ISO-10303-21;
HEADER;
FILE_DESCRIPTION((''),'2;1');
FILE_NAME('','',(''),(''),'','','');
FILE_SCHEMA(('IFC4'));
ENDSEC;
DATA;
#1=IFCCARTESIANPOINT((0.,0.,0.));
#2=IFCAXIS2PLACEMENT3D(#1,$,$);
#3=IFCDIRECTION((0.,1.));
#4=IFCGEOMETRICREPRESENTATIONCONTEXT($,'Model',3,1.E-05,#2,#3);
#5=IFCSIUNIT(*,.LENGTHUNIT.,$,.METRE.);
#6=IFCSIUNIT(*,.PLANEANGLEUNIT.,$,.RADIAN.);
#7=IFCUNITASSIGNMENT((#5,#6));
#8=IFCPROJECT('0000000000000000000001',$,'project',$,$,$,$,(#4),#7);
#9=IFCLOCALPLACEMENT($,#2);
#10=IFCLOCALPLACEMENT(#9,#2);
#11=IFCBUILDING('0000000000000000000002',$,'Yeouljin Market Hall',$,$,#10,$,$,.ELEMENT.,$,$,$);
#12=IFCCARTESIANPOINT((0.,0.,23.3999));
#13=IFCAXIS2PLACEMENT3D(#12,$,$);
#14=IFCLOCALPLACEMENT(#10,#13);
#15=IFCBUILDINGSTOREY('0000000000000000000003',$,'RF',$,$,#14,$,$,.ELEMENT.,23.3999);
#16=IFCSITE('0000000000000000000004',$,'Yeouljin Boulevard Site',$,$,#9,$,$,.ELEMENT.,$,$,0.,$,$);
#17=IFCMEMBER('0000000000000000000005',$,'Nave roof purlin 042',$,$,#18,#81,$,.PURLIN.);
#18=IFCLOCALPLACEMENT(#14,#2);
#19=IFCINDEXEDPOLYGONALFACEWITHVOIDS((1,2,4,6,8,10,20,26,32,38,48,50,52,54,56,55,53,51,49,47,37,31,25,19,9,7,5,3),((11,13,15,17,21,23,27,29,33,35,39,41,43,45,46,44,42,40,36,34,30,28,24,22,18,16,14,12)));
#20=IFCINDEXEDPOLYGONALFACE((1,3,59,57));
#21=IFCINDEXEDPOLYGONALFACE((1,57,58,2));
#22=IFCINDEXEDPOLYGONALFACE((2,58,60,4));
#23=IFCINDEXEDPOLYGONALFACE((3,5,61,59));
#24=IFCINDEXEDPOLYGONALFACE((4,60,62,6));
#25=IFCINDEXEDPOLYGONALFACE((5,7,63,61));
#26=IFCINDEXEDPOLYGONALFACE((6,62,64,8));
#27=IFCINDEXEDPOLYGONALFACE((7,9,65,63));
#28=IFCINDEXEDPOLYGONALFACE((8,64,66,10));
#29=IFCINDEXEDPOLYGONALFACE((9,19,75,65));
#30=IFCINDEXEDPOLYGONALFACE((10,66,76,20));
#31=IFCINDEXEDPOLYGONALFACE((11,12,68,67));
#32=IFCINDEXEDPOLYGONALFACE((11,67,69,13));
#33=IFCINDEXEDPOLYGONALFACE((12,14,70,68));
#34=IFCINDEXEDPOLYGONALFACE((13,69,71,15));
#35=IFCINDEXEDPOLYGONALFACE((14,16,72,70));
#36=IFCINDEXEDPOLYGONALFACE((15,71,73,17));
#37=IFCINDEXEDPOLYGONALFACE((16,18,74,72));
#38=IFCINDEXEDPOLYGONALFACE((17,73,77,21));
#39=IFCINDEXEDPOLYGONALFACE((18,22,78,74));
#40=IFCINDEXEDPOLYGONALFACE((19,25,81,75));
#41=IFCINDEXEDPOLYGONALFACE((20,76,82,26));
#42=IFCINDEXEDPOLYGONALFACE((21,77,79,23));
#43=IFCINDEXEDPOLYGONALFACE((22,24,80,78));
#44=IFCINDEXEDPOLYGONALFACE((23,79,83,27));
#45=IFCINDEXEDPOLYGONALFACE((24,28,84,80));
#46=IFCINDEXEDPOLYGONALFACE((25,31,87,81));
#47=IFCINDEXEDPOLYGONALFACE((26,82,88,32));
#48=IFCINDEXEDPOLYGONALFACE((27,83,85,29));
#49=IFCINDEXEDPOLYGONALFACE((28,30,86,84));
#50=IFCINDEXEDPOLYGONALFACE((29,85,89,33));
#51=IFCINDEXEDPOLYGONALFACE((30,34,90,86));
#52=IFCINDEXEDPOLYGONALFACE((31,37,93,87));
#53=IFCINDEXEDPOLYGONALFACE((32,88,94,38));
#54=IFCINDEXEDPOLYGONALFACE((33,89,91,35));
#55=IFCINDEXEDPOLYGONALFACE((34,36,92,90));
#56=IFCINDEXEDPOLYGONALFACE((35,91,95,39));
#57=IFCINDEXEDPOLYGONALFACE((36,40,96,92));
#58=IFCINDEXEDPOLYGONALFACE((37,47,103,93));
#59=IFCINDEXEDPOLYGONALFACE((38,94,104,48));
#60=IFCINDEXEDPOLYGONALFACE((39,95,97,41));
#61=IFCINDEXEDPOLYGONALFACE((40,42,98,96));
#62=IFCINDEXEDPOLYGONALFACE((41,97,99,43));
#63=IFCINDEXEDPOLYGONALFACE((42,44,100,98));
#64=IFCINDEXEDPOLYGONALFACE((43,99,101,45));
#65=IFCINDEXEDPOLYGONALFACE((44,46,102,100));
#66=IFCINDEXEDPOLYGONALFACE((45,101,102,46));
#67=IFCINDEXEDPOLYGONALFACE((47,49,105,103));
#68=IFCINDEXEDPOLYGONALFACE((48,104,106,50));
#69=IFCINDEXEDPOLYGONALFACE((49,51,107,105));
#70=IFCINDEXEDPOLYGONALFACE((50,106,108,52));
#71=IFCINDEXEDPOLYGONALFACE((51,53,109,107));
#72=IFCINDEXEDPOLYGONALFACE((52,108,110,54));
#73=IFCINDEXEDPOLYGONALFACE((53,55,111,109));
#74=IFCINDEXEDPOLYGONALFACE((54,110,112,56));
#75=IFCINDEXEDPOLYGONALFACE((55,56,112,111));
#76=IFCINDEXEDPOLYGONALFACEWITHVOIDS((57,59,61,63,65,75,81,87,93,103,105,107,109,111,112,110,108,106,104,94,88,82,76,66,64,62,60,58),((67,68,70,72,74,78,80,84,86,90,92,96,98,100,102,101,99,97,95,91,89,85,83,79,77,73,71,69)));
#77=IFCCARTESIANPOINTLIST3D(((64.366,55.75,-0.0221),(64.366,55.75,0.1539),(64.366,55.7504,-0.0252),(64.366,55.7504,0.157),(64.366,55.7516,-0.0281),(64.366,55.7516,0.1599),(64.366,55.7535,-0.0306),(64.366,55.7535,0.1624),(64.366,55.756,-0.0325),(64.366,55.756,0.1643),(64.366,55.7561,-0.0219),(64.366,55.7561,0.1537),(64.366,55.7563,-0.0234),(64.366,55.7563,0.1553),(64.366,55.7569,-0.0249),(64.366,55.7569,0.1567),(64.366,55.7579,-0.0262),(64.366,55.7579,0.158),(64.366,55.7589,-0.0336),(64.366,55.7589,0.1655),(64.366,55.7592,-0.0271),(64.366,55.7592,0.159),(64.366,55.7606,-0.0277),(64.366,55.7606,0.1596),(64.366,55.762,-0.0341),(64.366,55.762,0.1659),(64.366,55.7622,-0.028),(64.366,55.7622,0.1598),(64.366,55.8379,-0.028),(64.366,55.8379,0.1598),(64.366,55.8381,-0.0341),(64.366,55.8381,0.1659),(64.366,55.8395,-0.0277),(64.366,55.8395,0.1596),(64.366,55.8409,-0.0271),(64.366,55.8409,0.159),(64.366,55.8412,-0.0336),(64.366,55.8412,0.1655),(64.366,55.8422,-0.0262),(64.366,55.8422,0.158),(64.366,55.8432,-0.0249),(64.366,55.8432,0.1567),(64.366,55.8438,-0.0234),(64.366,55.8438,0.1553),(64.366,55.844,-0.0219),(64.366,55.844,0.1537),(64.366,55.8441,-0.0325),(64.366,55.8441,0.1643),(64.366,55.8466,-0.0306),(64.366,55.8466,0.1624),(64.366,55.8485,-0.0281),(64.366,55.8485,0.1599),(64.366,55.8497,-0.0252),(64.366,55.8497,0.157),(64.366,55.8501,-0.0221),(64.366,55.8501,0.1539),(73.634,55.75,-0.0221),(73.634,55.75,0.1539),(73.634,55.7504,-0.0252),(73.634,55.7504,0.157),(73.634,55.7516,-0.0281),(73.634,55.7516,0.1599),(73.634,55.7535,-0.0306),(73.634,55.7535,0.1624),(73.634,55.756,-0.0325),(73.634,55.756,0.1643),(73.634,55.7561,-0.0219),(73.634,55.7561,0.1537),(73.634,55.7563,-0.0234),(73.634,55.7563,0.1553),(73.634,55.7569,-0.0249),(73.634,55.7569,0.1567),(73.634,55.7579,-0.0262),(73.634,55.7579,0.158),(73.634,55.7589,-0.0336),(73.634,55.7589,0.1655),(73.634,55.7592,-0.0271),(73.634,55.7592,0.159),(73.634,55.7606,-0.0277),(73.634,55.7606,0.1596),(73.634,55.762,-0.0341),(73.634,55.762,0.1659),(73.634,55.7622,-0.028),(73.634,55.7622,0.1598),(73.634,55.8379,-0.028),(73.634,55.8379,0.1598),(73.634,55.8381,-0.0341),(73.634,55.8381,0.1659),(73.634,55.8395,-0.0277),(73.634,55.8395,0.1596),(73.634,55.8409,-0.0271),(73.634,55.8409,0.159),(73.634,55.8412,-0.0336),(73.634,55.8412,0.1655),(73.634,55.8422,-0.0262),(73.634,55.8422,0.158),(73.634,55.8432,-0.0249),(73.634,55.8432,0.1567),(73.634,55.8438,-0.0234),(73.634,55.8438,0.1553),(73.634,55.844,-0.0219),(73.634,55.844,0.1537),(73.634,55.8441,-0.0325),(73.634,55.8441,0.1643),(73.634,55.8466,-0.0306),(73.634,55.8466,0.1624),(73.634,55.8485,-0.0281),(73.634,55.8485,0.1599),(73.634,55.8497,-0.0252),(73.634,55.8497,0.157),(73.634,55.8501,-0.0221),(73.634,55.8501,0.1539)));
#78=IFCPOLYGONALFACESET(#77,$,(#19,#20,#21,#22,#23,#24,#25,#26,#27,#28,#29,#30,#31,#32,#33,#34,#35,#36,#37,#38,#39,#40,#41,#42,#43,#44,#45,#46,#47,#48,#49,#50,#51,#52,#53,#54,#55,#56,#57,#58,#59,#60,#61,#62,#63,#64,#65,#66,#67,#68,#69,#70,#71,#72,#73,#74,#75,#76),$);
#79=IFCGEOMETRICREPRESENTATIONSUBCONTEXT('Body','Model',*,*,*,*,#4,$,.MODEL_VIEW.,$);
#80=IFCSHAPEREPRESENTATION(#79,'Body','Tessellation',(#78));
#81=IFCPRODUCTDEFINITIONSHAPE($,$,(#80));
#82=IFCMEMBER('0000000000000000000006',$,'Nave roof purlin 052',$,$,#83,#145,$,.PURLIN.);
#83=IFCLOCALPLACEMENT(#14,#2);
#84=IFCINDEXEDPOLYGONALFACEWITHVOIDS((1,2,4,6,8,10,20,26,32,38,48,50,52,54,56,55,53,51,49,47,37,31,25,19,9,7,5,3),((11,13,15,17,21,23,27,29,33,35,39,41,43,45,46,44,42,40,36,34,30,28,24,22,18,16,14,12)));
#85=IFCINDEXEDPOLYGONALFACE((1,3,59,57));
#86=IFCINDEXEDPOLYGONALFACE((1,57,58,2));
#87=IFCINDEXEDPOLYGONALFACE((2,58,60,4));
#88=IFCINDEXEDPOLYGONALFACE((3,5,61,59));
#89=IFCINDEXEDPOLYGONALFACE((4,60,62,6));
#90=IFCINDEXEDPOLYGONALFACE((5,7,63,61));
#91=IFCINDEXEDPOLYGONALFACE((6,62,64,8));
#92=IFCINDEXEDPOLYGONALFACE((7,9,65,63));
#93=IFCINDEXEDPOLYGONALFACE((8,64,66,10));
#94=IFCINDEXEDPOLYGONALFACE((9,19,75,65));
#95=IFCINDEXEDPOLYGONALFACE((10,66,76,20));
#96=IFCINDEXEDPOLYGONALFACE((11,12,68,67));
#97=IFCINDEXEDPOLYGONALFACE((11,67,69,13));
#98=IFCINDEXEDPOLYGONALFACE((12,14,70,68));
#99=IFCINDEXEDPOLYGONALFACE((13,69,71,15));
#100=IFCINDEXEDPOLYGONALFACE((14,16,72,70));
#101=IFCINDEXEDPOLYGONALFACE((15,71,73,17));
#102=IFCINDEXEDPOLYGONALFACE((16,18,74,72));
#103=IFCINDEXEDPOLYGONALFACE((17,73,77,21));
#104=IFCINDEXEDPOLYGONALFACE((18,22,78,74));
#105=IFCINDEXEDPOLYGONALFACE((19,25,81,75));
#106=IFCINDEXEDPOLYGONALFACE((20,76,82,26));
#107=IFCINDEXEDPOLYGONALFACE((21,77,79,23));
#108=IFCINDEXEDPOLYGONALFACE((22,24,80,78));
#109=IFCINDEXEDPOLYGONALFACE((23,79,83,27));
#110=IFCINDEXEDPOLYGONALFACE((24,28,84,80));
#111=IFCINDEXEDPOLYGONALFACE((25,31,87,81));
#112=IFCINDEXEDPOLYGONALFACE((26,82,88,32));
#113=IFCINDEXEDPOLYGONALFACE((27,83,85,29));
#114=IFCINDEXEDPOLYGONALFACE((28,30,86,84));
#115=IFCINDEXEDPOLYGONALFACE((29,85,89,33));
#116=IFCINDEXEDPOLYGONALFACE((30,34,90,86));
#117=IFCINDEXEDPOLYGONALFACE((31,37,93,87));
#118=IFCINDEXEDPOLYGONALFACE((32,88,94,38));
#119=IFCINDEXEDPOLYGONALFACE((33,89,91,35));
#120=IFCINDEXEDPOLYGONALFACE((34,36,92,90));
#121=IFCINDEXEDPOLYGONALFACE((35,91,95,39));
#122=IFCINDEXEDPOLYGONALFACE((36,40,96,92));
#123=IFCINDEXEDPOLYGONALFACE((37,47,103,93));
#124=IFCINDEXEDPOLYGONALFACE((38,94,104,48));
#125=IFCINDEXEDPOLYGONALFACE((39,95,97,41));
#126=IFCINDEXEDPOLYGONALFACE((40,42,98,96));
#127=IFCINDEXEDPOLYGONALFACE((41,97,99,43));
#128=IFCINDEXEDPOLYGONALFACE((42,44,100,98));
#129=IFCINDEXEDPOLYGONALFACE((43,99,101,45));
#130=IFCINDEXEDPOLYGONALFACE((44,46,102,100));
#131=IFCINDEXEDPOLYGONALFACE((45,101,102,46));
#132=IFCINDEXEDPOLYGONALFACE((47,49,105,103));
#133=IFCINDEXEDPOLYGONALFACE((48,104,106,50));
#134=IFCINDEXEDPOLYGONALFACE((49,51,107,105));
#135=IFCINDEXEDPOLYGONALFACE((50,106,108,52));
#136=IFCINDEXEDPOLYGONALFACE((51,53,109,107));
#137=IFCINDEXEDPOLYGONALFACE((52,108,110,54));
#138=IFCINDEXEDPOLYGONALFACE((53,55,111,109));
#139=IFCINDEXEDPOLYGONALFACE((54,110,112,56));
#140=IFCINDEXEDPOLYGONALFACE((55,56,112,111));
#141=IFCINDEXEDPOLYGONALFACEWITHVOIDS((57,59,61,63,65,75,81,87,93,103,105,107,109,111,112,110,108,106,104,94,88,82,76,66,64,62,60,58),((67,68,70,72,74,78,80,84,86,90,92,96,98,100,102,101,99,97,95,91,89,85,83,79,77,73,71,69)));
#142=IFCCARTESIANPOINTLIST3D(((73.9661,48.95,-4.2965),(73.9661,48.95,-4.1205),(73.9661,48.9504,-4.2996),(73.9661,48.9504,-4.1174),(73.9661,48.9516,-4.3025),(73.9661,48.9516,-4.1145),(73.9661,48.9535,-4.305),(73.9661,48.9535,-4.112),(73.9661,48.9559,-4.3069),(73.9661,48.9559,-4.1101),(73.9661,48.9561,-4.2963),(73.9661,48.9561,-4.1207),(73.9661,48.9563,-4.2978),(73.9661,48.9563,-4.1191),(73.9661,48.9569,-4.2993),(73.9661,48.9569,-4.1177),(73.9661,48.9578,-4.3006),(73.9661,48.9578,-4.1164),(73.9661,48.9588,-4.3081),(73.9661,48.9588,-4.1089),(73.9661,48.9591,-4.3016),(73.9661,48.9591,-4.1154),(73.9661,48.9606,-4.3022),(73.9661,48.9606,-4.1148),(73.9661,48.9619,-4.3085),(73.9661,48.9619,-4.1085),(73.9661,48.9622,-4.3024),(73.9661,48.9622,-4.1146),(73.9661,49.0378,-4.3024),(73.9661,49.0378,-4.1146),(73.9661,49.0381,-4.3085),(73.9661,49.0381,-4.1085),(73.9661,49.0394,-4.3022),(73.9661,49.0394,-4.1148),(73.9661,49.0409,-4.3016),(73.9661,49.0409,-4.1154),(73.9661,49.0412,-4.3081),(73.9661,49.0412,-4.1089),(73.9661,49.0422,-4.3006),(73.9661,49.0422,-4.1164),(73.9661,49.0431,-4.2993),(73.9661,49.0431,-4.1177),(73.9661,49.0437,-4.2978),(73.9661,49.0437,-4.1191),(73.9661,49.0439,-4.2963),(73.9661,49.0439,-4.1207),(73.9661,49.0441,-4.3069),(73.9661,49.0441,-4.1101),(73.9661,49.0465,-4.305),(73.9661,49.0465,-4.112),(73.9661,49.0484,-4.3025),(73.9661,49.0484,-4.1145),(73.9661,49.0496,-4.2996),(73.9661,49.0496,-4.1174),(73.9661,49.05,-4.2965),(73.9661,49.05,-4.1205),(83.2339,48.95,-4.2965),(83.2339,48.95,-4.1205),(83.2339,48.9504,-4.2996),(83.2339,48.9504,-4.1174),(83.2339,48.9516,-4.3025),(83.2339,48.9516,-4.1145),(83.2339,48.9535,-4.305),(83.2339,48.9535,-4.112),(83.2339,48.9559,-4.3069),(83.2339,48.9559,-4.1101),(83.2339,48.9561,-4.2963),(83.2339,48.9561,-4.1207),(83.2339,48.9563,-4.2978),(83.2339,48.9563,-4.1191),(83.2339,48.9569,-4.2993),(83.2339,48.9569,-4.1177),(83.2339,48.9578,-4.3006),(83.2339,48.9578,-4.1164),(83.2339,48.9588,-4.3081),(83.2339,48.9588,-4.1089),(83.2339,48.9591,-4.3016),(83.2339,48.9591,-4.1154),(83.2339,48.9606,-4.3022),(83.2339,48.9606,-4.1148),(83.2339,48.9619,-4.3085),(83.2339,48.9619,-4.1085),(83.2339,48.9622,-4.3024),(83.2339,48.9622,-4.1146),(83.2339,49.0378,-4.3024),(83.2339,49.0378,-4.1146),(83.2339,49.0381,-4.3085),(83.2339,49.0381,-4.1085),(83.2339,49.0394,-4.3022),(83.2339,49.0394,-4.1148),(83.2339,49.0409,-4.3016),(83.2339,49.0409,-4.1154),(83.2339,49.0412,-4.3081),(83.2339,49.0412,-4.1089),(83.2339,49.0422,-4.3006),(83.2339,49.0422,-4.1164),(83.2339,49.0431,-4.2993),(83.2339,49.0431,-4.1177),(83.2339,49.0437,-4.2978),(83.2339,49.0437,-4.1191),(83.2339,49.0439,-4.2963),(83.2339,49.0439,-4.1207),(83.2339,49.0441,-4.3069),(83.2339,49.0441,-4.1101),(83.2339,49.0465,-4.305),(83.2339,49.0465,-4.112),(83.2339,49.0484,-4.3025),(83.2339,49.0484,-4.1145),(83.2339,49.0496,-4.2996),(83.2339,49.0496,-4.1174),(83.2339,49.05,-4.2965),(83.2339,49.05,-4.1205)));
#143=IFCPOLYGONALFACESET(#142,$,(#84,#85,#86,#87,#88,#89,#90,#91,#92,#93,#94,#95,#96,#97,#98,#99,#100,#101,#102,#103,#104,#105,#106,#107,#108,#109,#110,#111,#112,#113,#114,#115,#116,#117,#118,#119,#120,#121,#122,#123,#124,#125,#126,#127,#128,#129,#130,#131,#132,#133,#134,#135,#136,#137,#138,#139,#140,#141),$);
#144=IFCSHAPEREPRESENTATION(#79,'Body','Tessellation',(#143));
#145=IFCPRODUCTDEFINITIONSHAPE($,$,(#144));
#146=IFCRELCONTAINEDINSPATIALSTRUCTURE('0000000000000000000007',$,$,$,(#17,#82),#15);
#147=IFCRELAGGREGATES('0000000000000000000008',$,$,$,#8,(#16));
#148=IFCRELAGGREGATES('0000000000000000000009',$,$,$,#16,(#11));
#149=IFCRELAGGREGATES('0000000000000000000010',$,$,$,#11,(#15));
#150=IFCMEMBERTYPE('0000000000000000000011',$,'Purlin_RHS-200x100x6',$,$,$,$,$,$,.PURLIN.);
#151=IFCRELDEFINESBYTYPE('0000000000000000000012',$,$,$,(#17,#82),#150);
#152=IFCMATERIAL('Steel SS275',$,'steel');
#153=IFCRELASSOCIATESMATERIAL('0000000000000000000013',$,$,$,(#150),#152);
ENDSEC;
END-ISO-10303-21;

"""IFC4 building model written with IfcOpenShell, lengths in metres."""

from ifc_helpers import new_model, si_unit, direction, frame, origin, origin_2d, place, context, subcontext, project, spatial, hollow_rectangle, extrude, material, material_profile, profile_set, type_object, element, save


model = new_model("IFC4")

# Units and contexts
model_context = context("Model", 3, precision=1e-05, world=origin(), true_north=direction((0.0, 1.0)))
body_context = subcontext(model_context, "Body", "Model", "MODEL_VIEW")
ifc_project = project(units=[si_unit("LENGTHUNIT", "METRE"), si_unit("PLANEANGLEUNIT", "RADIAN")], contexts=[model_context])

# Site, building, storey
site_placement = place(None, origin())
site = spatial("IfcSite", under=ifc_project, at=site_placement, Name="Yeouljin Boulevard Site", CompositionType="ELEMENT", RefElevation=0.0)
building_placement = place(site_placement, origin())
building = spatial("IfcBuilding", under=site, at=building_placement, Name="Yeouljin Market Hall", CompositionType="ELEMENT")
storey_placement = place(building_placement, frame((0.0, 0.0, 23.3999)))
storey = spatial("IfcBuildingStorey", under=building, at=storey_placement, Name="RF", CompositionType="ELEMENT", Elevation=23.3999)

# Members
ifc_material_1 = material(Name="Steel SS275", Category="steel")
ifc_material_profile_1 = material_profile(ifc_material_1, hollow_rectangle(XDim=0.1001, YDim=0.2, WallThickness=0.0061, InnerFilletRadius=0.0061, OuterFilletRadius=0.012, at=origin_2d()), Name="RHS-200x100x6")
ifc_profile_set_1 = profile_set([ifc_material_profile_1], Name="Steel SS275")
member_type_1 = type_object("IfcMemberType", Name="Purlin_RHS-200x100x6", PredefinedType="PURLIN", material=ifc_profile_set_1)
for number, where, z_axis, x_axis, name in (
    (1, (64.366, 55.8, 0.0659), (1.0, 0.0, 0.0), (0.0, 1.0, 0.0), "Nave roof purlin 042"),
):
    element("IfcMember", number, at=place(storey_placement, frame(where, z_axis=z_axis, x_axis=x_axis)), inside=storey, type_object=member_type_1, Name=name, PredefinedType="PURLIN", context=body_context, shape_type="SweptSolid", body=[
        extrude(hollow_rectangle(XDim=0.1001, YDim=0.2, WallThickness=0.0061, InnerFilletRadius=0.0061, OuterFilletRadius=0.012, at=origin_2d()), origin(), (0.0, 0.0, 1.0), 9.2681),
    ])
for number, where, z_axis, x_axis, name in (
    (2, (73.9661, 49.0, -4.2085), (1.0, 0.0, 0.0), (0.0, 1.0, 0.0), "Nave roof purlin 052"),
):
    element("IfcMember", number, at=place(storey_placement, frame(where, z_axis=z_axis, x_axis=x_axis)), inside=storey, type_object=member_type_1, Name=name, PredefinedType="PURLIN", context=body_context, shape_type="SweptSolid", body=[
        extrude(hollow_rectangle(XDim=0.1001, YDim=0.2, WallThickness=0.0061, InnerFilletRadius=0.0061, OuterFilletRadius=0.012, at=origin_2d()), origin(), (0.0, 0.0, 1.0), 9.2678),
    ])

save(model, "model.ifc")
